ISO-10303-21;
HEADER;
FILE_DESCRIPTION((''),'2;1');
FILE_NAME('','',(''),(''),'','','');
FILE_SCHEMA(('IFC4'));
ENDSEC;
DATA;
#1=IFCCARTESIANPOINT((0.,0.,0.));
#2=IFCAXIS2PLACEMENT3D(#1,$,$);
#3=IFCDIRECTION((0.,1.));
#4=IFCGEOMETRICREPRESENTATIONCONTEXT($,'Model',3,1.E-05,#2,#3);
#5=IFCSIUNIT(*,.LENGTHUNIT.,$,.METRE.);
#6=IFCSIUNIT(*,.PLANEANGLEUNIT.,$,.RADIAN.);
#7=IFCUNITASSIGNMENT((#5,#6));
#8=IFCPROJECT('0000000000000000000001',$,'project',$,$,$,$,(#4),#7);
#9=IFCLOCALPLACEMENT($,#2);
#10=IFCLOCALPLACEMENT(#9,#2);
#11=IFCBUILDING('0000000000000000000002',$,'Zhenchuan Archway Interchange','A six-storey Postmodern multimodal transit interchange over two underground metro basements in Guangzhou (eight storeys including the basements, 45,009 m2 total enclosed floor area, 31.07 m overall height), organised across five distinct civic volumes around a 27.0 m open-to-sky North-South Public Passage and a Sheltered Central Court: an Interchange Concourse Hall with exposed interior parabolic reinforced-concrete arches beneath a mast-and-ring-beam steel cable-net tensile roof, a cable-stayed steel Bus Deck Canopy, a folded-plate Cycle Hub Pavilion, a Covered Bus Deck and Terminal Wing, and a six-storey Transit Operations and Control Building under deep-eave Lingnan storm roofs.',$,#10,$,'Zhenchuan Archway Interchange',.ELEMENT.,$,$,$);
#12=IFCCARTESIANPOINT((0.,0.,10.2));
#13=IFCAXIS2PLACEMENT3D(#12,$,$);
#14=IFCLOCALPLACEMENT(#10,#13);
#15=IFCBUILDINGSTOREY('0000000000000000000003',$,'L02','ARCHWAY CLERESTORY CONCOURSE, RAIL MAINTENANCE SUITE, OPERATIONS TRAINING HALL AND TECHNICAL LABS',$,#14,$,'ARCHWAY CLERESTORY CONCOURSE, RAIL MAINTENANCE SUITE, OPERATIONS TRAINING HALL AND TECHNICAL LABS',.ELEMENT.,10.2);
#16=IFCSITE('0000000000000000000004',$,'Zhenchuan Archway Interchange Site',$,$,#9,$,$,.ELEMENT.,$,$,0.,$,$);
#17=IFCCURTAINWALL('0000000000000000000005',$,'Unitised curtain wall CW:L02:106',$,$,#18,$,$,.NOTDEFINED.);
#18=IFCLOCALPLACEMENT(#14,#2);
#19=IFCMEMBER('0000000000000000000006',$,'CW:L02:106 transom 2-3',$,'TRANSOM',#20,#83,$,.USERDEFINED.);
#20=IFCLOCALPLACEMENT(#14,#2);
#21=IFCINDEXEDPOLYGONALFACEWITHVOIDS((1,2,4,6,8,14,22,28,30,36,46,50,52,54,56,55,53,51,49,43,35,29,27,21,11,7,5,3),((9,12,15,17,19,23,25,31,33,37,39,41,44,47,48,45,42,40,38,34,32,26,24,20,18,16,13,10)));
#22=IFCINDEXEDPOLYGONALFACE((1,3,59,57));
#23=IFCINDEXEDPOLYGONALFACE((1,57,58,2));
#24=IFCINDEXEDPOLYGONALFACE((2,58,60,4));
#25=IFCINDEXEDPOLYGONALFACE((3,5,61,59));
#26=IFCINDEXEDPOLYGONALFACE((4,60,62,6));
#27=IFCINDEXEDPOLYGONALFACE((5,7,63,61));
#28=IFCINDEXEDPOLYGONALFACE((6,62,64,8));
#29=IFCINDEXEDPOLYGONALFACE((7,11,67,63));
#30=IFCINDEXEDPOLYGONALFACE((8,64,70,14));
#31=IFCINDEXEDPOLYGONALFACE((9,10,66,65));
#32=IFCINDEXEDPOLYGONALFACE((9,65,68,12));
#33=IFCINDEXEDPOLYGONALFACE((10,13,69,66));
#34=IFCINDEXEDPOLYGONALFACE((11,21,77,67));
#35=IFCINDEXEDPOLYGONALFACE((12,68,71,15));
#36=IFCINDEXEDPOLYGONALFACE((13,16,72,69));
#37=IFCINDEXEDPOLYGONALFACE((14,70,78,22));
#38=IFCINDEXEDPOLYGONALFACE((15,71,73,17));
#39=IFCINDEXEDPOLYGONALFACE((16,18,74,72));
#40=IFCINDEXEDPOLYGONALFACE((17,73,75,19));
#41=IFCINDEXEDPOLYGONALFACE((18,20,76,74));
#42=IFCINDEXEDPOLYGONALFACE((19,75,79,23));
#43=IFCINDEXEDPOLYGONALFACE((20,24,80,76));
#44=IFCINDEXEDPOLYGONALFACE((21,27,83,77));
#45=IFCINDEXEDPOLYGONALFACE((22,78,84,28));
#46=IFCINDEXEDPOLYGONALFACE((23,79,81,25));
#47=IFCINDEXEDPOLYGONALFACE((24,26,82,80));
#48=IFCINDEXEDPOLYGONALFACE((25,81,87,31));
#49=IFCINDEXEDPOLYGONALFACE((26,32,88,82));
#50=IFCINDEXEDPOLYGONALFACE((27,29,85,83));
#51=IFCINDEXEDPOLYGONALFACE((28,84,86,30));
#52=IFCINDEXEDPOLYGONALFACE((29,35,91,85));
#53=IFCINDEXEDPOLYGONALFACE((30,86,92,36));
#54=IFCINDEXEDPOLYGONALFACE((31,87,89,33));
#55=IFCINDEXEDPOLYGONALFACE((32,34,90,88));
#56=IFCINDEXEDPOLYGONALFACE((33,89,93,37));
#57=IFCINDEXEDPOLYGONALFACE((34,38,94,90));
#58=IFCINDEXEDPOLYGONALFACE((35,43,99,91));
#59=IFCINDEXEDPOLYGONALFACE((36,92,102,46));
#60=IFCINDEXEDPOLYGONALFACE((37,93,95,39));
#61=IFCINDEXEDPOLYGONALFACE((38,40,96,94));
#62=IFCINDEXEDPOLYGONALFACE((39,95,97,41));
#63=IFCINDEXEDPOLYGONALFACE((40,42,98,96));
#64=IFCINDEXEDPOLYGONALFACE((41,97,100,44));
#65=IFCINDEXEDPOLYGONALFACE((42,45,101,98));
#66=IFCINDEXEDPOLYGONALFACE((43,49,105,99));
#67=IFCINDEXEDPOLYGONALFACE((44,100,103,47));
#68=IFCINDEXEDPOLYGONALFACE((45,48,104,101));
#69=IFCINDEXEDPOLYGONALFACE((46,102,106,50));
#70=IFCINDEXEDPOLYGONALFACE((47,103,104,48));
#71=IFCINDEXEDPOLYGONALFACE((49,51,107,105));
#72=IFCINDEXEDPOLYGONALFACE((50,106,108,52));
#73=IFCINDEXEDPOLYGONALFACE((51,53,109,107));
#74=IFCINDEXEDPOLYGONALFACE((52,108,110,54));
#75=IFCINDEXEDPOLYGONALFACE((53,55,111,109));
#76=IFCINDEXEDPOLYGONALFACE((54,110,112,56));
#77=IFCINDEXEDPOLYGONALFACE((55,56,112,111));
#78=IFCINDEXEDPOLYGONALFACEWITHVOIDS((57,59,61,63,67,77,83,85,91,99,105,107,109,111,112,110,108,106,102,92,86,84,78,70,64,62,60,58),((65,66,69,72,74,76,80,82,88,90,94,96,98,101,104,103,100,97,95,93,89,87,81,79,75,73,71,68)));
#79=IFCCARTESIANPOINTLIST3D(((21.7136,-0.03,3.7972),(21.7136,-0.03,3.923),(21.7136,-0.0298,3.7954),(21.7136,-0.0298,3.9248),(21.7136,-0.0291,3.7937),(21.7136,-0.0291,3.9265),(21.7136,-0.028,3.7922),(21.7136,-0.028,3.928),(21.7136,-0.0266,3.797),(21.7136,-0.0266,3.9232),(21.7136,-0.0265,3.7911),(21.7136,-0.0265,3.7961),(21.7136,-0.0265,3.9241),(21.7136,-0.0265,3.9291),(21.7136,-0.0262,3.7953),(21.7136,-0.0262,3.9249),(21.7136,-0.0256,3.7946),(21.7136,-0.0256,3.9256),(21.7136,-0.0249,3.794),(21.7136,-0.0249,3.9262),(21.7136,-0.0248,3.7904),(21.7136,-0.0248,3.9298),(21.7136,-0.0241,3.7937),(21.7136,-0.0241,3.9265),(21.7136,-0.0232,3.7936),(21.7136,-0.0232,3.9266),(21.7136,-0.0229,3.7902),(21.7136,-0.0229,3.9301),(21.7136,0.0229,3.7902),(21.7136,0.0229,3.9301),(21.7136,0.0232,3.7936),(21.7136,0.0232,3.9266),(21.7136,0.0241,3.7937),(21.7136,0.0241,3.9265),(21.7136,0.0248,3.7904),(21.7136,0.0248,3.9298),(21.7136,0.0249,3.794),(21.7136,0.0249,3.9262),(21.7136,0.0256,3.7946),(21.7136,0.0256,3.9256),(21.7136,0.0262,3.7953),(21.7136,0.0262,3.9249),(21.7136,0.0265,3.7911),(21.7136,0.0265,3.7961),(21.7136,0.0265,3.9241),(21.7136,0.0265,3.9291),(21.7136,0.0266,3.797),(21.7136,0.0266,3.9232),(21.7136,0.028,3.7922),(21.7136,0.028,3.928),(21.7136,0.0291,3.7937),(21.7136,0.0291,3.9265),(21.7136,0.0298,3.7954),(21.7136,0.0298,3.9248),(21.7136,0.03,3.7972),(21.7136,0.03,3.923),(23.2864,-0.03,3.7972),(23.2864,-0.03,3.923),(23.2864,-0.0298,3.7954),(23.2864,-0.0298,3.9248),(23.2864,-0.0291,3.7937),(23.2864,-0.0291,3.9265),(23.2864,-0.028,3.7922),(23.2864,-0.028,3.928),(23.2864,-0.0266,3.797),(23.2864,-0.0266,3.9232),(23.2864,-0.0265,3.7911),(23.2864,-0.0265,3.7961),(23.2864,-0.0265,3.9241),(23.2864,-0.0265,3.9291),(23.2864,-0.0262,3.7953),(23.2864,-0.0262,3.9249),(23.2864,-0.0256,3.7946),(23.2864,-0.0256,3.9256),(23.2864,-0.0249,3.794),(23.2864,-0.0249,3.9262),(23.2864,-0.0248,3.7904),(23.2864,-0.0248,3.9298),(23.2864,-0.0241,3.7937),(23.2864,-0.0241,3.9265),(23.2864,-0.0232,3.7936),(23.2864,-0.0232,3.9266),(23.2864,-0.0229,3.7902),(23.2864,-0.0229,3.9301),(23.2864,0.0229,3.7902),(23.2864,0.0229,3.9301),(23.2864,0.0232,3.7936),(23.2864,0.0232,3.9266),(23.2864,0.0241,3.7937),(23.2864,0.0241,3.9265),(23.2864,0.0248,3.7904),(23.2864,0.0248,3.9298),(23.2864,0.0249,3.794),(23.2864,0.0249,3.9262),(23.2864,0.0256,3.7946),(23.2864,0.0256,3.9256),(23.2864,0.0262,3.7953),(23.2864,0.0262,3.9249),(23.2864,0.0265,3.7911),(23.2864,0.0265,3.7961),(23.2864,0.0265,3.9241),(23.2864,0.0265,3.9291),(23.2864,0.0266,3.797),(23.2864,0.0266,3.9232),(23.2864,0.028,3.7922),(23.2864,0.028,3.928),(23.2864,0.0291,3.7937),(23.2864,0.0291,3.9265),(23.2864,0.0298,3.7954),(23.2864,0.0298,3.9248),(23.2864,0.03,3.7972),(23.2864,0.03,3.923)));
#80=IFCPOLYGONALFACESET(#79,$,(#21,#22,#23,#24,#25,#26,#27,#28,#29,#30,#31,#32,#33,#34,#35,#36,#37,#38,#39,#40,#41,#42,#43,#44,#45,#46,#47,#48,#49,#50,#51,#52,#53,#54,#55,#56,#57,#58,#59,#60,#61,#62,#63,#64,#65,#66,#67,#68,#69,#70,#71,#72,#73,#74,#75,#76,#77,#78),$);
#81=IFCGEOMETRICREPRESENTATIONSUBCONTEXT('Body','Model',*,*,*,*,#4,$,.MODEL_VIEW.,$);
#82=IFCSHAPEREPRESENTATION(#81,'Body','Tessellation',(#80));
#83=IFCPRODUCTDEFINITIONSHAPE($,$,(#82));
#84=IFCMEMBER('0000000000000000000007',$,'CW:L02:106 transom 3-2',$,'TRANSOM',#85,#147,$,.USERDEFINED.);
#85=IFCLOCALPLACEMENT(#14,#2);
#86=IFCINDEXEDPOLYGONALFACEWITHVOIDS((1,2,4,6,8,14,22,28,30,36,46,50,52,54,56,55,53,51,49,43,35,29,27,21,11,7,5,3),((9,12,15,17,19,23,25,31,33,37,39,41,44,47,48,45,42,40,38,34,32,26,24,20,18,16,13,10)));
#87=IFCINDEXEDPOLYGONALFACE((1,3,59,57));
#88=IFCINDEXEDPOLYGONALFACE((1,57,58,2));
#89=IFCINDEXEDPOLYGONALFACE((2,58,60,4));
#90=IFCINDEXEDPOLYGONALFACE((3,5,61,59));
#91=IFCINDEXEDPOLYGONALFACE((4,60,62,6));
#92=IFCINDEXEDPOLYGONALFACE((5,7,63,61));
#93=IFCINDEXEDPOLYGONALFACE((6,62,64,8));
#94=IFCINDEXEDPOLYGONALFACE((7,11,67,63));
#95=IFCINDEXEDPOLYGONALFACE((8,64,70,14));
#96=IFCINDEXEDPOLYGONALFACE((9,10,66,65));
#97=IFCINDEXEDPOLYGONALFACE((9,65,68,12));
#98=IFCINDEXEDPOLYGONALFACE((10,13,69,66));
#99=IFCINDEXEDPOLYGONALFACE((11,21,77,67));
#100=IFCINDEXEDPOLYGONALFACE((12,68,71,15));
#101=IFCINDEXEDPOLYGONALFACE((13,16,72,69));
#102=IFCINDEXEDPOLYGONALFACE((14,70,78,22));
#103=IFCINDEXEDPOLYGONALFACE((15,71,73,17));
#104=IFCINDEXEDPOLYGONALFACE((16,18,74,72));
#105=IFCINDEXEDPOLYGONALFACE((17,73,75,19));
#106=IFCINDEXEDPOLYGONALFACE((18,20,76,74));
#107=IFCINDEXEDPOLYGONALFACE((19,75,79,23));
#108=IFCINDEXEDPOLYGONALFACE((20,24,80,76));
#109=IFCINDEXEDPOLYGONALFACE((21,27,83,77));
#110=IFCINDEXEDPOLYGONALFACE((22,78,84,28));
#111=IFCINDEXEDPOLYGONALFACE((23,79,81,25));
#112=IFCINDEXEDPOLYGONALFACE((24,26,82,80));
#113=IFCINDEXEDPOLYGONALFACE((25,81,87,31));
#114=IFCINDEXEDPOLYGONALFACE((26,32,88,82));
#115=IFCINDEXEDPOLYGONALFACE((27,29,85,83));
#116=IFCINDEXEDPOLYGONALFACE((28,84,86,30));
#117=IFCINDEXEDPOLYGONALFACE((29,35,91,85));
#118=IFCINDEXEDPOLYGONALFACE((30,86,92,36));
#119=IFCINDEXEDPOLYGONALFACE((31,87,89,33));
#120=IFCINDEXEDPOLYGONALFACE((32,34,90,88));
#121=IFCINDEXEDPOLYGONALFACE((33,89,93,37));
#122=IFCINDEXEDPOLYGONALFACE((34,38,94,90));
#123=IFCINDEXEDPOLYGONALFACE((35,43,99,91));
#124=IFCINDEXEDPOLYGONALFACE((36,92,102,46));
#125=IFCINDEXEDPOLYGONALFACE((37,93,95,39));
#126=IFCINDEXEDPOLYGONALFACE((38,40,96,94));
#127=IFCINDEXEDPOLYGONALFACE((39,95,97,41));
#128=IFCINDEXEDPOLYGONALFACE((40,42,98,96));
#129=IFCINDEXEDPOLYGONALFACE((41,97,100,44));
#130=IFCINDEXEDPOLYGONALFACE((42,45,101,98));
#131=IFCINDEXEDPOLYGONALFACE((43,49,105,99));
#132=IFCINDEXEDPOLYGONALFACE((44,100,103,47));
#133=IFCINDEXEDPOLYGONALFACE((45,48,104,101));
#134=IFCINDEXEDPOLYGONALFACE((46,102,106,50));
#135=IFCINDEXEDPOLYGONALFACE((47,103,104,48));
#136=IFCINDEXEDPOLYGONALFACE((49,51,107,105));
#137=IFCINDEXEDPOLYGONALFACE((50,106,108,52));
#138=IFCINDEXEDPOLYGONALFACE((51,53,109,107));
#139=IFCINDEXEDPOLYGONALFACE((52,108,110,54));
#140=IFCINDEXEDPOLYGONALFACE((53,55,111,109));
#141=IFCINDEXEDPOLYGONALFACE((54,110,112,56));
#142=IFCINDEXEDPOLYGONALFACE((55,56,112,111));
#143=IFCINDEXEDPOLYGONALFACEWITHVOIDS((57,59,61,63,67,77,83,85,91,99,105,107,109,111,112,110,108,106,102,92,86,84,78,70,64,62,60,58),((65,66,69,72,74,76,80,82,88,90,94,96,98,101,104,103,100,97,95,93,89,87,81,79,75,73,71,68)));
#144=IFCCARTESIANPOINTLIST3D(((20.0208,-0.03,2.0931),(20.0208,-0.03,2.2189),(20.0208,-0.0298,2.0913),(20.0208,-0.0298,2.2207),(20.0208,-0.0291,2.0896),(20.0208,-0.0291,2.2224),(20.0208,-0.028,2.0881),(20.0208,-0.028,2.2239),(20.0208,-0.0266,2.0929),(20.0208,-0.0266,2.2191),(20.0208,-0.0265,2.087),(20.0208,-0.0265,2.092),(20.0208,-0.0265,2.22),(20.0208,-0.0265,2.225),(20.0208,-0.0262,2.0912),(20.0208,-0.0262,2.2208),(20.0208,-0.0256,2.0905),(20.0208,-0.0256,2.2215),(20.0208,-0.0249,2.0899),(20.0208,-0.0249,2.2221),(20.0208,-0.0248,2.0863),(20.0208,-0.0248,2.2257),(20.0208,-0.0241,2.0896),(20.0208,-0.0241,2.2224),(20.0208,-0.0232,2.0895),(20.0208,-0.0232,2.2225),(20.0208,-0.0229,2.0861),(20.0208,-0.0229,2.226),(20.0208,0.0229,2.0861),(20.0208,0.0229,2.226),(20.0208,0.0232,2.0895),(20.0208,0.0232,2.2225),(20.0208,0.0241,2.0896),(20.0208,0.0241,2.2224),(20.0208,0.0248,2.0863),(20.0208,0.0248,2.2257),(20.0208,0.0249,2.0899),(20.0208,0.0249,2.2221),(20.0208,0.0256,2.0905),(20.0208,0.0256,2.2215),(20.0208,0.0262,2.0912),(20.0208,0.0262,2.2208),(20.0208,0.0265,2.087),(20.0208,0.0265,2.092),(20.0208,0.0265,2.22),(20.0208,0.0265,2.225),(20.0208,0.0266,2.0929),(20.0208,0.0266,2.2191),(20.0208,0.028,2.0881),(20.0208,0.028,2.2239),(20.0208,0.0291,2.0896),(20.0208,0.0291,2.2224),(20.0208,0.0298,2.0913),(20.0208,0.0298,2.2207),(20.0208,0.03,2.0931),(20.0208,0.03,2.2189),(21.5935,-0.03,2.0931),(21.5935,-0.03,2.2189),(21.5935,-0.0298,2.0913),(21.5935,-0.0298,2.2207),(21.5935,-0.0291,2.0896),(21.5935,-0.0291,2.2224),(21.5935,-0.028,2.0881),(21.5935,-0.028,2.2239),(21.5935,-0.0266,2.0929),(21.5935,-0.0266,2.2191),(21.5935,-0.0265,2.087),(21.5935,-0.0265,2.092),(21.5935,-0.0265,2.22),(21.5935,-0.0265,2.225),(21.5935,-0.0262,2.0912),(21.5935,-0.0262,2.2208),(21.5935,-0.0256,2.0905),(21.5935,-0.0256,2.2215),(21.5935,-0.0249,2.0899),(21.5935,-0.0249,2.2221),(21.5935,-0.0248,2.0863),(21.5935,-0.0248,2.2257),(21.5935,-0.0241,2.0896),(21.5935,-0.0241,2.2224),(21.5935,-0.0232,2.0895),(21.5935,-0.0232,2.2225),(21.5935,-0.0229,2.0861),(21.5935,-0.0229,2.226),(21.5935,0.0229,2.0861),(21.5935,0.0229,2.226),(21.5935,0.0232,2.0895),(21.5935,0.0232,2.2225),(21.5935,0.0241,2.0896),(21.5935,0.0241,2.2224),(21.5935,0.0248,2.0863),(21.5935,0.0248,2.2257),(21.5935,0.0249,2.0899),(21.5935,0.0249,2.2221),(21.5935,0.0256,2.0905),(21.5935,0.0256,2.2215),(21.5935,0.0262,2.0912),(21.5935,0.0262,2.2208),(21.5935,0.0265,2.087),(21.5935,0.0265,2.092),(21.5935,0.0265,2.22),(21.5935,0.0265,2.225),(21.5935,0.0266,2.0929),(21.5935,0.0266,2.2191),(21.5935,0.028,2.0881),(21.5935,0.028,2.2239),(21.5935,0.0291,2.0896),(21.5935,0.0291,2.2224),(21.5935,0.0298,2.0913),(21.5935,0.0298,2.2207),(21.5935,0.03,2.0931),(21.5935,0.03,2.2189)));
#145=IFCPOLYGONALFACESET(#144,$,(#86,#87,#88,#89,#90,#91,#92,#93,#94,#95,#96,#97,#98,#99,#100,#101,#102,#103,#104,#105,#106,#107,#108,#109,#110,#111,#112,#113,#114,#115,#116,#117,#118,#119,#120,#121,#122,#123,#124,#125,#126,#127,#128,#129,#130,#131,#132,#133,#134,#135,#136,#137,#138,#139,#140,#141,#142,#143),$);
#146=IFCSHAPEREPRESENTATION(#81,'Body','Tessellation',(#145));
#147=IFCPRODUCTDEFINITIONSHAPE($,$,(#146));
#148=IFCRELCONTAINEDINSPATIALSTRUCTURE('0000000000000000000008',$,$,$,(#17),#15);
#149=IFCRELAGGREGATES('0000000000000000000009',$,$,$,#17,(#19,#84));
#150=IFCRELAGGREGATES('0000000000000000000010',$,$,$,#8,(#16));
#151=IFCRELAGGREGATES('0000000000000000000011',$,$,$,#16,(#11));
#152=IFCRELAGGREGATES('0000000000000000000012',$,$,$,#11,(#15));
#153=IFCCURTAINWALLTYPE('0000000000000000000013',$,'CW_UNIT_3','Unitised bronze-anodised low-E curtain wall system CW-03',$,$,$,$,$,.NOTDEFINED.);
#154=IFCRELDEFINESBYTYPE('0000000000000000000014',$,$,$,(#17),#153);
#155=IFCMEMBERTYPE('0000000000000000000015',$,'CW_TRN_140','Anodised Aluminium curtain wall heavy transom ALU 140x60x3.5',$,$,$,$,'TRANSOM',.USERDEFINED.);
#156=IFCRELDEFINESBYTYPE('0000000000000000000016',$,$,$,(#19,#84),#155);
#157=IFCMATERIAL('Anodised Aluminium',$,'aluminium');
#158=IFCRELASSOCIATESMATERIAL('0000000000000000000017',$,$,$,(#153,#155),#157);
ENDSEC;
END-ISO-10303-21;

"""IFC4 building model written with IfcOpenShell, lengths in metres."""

from ifc_helpers import new_model, si_unit, direction, frame, origin, origin_2d, place, context, subcontext, project, spatial, hollow_rectangle, extrude, material, material_profile, profile_set, type_object, element, aggregate, save


model = new_model("IFC4")

# Units and contexts
model_context = context("Model", 3, precision=1e-05, world=origin(), true_north=direction((0.0, 1.0)))
body_context = subcontext(model_context, "Body", "Model", "MODEL_VIEW")
ifc_project = project(units=[si_unit("LENGTHUNIT", "METRE"), si_unit("PLANEANGLEUNIT", "RADIAN")], contexts=[model_context])

# Site, building, storey
site_placement = place(None, origin())
site = spatial("IfcSite", under=ifc_project, at=site_placement, Name="Zhenchuan Archway Interchange Site", CompositionType="ELEMENT", RefElevation=0.0)
building_placement = place(site_placement, origin())
building = spatial("IfcBuilding", under=site, at=building_placement, Name="Zhenchuan Archway Interchange", Description="A six-storey Postmodern multimodal transit interchange over two underground metro basements in Guangzhou (eight storeys including the basements, 45,009 m2 total enclosed floor area, 31.07 m overall height), organised across five distinct civic volumes around a 27.0 m open-to-sky North-South Public Passage and a Sheltered Central Court: an Interchange Concourse Hall with exposed interior parabolic reinforced-concrete arches beneath a mast-and-ring-beam steel cable-net tensile roof, a cable-stayed steel Bus Deck Canopy, a folded-plate Cycle Hub Pavilion, a Covered Bus Deck and Terminal Wing, and a six-storey Transit Operations and Control Building under deep-eave Lingnan storm roofs.", LongName="Zhenchuan Archway Interchange", CompositionType="ELEMENT")
storey_placement = place(building_placement, frame((0.0, 0.0, 10.2)))
storey = spatial("IfcBuildingStorey", under=building, at=storey_placement, Name="L02", Description="ARCHWAY CLERESTORY CONCOURSE, RAIL MAINTENANCE SUITE, OPERATIONS TRAINING HALL AND TECHNICAL LABS", LongName="ARCHWAY CLERESTORY CONCOURSE, RAIL MAINTENANCE SUITE, OPERATIONS TRAINING HALL AND TECHNICAL LABS", CompositionType="ELEMENT", Elevation=10.2)

# Curtain wall, members
ifc_material_1 = material(Name="Anodised Aluminium", Category="aluminium")
curtain_wall_type = type_object("IfcCurtainWallType", Name="CW_UNIT_3", Description="Unitised bronze-anodised low-E curtain wall system CW-03", PredefinedType="NOTDEFINED", material=ifc_material_1)
curtain_wall_placement = place(storey_placement, origin())
curtain_wall = element("IfcCurtainWall", 1, at=curtain_wall_placement, inside=storey, type_object=curtain_wall_type, Name="Unitised curtain wall CW:L02:106", PredefinedType="NOTDEFINED")
ifc_material_profile_1 = material_profile(ifc_material_1, hollow_rectangle(XDim=0.0601, YDim=0.1399, WallThickness=0.0034, InnerFilletRadius=0.0034, OuterFilletRadius=0.0071, at=origin_2d()), Name="ALU 140x60x3.5")
ifc_profile_set_1 = profile_set([ifc_material_profile_1], Name="Anodised Aluminium")
member_type_1 = type_object("IfcMemberType", Name="CW_TRN_140", Description="Anodised Aluminium curtain wall heavy transom ALU 140x60x3.5", ElementType="TRANSOM", PredefinedType="USERDEFINED", material=ifc_profile_set_1)
member_1_placement = place(storey_placement, frame((23.2864, 0.0, 3.8601), z_axis=(-1.0, 0.0, 0.0), x_axis=(0.0, -1.0, 0.0)))
member_1 = element("IfcMember", 2, at=member_1_placement, type_object=member_type_1, Name="CW:L02:106 transom 2-3", ObjectType="TRANSOM", PredefinedType="USERDEFINED", context=body_context, shape_type="SweptSolid", body=[
    extrude(hollow_rectangle(XDim=0.0601, YDim=0.1399, WallThickness=0.0034, InnerFilletRadius=0.0034, OuterFilletRadius=0.0071, at=origin_2d()), origin(), (0.0, 0.0, 1.0), 1.5728),
])
member_2_placement = place(storey_placement, frame((21.5935, 0.0, 2.156), z_axis=(-1.0, 0.0, 0.0), x_axis=(0.0, -1.0, 0.0)))
member_2 = element("IfcMember", 3, at=member_2_placement, type_object=member_type_1, Name="CW:L02:106 transom 3-2", ObjectType="TRANSOM", PredefinedType="USERDEFINED", context=body_context, shape_type="SweptSolid", body=[
    extrude(hollow_rectangle(XDim=0.0601, YDim=0.1399, WallThickness=0.0034, InnerFilletRadius=0.0034, OuterFilletRadius=0.0071, at=origin_2d()), origin(), (0.0, 0.0, 1.0), 1.5728),
])

aggregate(curtain_wall, [member_1, member_2])

save(model, "model.ifc")
